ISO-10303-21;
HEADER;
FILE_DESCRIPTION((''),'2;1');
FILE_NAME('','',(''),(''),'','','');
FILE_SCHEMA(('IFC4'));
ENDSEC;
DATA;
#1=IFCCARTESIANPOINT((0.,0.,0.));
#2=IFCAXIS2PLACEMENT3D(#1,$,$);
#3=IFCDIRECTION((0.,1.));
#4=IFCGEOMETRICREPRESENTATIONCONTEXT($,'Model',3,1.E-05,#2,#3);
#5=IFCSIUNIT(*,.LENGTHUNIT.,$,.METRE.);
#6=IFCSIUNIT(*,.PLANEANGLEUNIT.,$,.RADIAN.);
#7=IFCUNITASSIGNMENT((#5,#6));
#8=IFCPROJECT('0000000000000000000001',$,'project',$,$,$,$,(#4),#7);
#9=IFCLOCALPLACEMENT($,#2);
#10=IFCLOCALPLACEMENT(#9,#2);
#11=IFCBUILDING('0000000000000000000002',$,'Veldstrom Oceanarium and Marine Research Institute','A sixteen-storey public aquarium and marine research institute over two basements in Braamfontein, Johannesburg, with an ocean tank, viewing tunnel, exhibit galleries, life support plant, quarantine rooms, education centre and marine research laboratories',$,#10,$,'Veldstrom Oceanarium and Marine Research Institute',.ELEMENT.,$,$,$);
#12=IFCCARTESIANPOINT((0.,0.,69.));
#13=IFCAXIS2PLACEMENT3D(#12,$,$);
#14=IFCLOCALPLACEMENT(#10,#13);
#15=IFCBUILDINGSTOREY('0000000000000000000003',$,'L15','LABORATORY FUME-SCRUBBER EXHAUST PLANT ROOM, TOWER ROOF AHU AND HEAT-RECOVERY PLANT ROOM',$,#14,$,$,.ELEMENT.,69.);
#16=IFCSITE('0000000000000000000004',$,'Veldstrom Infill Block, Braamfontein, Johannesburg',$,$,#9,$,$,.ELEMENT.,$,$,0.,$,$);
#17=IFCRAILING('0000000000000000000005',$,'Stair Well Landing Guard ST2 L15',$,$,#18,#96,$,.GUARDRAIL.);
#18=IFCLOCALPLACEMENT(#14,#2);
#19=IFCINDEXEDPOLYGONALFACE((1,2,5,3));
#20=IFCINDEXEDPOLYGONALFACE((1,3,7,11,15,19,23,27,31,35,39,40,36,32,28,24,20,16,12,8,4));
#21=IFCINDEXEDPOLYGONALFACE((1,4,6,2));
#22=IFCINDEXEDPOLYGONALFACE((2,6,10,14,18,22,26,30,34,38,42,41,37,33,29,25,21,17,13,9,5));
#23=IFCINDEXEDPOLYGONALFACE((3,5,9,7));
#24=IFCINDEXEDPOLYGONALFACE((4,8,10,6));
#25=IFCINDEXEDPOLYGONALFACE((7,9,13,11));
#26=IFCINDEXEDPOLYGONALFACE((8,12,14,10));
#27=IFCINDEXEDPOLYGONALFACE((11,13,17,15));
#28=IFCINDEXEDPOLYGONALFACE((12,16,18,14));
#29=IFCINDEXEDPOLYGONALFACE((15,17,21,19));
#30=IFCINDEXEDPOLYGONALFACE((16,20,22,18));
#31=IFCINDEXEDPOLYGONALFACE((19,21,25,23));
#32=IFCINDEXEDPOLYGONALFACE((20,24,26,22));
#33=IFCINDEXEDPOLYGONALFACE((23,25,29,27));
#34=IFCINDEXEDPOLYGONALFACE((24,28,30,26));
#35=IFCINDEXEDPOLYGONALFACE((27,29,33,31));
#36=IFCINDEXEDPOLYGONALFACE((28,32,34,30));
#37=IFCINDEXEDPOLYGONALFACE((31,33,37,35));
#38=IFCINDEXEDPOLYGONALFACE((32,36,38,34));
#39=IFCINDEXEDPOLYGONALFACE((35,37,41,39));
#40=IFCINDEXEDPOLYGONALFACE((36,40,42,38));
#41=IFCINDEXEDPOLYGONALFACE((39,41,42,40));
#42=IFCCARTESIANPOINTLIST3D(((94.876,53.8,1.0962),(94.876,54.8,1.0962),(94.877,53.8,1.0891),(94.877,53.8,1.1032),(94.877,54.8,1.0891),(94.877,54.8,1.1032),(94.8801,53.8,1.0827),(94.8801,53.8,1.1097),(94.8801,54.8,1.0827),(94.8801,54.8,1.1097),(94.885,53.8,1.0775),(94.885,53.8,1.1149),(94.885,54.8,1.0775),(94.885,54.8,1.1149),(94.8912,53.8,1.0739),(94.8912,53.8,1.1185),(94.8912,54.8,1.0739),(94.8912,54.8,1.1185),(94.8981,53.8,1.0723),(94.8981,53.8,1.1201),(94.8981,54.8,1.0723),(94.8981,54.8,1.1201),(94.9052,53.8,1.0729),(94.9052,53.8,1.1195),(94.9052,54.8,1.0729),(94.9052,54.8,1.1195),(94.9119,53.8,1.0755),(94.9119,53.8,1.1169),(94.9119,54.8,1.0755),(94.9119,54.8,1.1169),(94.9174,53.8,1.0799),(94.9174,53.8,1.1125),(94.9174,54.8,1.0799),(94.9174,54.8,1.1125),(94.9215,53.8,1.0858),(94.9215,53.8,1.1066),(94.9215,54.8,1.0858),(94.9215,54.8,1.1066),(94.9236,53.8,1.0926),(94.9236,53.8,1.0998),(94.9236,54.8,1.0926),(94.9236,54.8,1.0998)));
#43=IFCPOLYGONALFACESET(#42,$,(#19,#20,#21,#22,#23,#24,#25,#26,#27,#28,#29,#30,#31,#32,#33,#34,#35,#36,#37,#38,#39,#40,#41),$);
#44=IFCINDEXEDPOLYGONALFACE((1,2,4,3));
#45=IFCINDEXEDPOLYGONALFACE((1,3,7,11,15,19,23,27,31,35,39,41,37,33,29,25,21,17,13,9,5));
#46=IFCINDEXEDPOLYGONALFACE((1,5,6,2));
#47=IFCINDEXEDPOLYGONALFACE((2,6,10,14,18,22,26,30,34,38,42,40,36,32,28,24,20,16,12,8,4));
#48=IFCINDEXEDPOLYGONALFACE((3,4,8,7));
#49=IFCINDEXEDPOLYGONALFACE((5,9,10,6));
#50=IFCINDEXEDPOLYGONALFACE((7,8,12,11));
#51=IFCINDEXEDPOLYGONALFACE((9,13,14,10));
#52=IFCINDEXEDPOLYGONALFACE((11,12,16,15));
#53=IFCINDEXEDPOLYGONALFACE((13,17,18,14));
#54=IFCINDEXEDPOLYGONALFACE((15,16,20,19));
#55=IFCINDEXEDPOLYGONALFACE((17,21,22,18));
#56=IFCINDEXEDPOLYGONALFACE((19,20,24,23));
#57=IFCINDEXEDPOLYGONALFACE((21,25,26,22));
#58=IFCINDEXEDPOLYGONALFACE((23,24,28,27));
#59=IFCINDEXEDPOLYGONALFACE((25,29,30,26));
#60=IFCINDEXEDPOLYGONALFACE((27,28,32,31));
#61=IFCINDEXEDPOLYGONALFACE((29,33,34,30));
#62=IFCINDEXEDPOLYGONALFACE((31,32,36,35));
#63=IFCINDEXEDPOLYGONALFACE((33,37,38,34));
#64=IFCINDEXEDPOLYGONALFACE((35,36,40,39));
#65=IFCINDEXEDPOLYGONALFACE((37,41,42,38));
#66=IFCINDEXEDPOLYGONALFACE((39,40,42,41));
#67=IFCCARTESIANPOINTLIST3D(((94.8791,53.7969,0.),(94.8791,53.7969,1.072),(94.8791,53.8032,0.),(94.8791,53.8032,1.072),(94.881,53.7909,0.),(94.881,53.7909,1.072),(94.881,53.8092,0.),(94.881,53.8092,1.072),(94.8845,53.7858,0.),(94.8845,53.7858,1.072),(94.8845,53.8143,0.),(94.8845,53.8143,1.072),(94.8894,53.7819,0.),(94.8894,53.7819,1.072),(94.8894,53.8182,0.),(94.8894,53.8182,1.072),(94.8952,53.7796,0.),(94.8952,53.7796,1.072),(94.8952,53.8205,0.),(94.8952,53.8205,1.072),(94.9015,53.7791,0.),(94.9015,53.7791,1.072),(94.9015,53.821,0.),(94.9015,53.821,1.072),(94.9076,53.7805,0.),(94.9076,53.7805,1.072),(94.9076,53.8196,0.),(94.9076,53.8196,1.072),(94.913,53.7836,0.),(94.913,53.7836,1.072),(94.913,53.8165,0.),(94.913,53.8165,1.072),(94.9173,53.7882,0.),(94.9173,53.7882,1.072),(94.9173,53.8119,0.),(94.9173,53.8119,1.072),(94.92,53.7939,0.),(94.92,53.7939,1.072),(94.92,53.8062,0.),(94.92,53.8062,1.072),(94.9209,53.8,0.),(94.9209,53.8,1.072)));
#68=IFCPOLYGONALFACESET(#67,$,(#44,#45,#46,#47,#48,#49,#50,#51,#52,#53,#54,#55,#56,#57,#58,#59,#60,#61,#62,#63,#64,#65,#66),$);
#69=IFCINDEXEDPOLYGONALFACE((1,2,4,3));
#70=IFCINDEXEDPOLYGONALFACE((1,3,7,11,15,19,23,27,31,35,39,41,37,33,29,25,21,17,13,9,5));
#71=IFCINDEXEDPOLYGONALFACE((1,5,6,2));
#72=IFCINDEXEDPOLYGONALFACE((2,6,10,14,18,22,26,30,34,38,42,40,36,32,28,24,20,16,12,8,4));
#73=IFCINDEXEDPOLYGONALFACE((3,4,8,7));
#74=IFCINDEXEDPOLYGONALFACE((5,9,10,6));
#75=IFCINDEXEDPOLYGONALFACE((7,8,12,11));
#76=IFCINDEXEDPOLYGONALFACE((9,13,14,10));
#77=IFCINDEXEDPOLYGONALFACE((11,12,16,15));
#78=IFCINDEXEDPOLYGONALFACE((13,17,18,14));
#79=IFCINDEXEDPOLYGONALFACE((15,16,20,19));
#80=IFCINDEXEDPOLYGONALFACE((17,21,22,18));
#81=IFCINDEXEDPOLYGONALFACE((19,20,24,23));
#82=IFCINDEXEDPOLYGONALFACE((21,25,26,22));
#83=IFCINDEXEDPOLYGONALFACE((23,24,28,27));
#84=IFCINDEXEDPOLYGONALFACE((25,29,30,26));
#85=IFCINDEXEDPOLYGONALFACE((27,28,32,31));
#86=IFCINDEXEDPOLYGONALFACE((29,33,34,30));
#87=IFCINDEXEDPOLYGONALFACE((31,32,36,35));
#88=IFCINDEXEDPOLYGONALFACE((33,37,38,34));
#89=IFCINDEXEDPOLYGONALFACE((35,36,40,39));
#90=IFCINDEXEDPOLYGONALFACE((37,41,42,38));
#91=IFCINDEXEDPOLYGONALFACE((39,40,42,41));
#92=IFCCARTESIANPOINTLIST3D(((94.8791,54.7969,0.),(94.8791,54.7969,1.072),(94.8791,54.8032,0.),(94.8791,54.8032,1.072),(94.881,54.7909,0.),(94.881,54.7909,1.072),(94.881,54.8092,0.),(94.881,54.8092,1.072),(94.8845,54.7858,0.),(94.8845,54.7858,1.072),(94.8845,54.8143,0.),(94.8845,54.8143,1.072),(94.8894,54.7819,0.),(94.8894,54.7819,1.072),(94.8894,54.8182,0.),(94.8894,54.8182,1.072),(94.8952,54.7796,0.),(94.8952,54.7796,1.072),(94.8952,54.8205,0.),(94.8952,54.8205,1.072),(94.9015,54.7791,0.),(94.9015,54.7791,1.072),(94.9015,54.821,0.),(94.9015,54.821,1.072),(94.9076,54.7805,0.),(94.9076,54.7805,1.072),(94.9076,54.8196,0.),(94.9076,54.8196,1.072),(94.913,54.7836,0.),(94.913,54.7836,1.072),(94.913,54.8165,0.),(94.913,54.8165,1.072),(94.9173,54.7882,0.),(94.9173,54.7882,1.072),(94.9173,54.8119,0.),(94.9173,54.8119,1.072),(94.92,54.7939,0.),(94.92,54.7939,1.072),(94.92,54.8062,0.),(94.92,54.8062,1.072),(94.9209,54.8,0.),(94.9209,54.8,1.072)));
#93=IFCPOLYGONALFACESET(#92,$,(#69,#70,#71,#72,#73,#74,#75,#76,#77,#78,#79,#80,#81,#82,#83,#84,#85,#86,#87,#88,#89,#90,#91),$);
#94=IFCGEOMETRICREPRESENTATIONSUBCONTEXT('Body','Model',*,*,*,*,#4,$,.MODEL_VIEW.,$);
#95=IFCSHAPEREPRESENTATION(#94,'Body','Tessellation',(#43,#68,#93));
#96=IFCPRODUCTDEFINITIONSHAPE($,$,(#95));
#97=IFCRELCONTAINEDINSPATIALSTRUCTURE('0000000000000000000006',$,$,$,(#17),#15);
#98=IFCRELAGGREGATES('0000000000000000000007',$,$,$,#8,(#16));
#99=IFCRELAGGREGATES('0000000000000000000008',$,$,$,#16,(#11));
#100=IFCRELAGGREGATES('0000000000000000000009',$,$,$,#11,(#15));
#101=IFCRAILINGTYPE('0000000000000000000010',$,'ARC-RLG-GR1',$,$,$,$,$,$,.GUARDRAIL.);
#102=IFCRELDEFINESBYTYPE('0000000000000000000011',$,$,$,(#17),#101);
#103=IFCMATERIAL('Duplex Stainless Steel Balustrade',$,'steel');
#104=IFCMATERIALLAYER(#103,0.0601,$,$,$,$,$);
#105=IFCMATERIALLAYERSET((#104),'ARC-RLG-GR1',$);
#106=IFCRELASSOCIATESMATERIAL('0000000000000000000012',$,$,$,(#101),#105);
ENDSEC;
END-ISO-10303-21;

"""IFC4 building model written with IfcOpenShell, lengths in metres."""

from ifc_helpers import new_model, si_unit, direction, frame, origin, origin_2d, place, context, subcontext, project, spatial, circle, extrude, material, layer, layer_set, type_object, element, save


model = new_model("IFC4")

# Units and contexts
model_context = context("Model", 3, precision=1e-05, world=origin(), true_north=direction((0.0, 1.0)))
body_context = subcontext(model_context, "Body", "Model", "MODEL_VIEW")
ifc_project = project(units=[si_unit("LENGTHUNIT", "METRE"), si_unit("PLANEANGLEUNIT", "RADIAN")], contexts=[model_context])

# Site, building, storey
site_placement = place(None, origin())
site = spatial("IfcSite", under=ifc_project, at=site_placement, Name="Veldstrom Infill Block, Braamfontein, Johannesburg", CompositionType="ELEMENT", RefElevation=0.0)
building_placement = place(site_placement, origin())
building = spatial("IfcBuilding", under=site, at=building_placement, Name="Veldstrom Oceanarium and Marine Research Institute", Description="A sixteen-storey public aquarium and marine research institute over two basements in Braamfontein, Johannesburg, with an ocean tank, viewing tunnel, exhibit galleries, life support plant, quarantine rooms, education centre and marine research laboratories", LongName="Veldstrom Oceanarium and Marine Research Institute", CompositionType="ELEMENT")
storey_placement = place(building_placement, frame((0.0, 0.0, 69.0)))
storey = spatial("IfcBuildingStorey", under=building, at=storey_placement, Name="L15", Description="LABORATORY FUME-SCRUBBER EXHAUST PLANT ROOM, TOWER ROOF AHU AND HEAT-RECOVERY PLANT ROOM", CompositionType="ELEMENT", Elevation=69.0)

# Railing
ifc_material_1 = material(Name="Duplex Stainless Steel Balustrade", Category="steel")
ifc_layer_1 = layer(ifc_material_1, 0.0601)
ifc_layer_set_1 = layer_set([ifc_layer_1], Name="ARC-RLG-GR1")
railing_type_1 = type_object("IfcRailingType", Name="ARC-RLG-GR1", PredefinedType="GUARDRAIL", material=ifc_layer_set_1)
railing_1_placement = place(storey_placement, frame((94.8999, 53.8, 0.0)))
element("IfcRailing", 1, at=railing_1_placement, inside=storey, type_object=railing_type_1, Name="Stair Well Landing Guard ST2 L15", PredefinedType="GUARDRAIL", context=body_context, shape_type="SweptSolid", body=[
    extrude(circle(Radius=0.0239, at=origin_2d()), frame((0.0, 0.0, 1.0962), z_axis=(0.0, 1.0, 0.0), x_axis=(-1.0, 0.0, 0.0)), (0.0, 0.0, 1.0), 1.0),
    extrude(circle(Radius=0.021, at=origin_2d()), origin(), (0.0, 0.0, 1.0), 1.072),
    extrude(circle(Radius=0.021, at=origin_2d()), frame((0.0, 1.0, 0.0)), (0.0, 0.0, 1.0), 1.072),
])

save(model, "model.ifc")
